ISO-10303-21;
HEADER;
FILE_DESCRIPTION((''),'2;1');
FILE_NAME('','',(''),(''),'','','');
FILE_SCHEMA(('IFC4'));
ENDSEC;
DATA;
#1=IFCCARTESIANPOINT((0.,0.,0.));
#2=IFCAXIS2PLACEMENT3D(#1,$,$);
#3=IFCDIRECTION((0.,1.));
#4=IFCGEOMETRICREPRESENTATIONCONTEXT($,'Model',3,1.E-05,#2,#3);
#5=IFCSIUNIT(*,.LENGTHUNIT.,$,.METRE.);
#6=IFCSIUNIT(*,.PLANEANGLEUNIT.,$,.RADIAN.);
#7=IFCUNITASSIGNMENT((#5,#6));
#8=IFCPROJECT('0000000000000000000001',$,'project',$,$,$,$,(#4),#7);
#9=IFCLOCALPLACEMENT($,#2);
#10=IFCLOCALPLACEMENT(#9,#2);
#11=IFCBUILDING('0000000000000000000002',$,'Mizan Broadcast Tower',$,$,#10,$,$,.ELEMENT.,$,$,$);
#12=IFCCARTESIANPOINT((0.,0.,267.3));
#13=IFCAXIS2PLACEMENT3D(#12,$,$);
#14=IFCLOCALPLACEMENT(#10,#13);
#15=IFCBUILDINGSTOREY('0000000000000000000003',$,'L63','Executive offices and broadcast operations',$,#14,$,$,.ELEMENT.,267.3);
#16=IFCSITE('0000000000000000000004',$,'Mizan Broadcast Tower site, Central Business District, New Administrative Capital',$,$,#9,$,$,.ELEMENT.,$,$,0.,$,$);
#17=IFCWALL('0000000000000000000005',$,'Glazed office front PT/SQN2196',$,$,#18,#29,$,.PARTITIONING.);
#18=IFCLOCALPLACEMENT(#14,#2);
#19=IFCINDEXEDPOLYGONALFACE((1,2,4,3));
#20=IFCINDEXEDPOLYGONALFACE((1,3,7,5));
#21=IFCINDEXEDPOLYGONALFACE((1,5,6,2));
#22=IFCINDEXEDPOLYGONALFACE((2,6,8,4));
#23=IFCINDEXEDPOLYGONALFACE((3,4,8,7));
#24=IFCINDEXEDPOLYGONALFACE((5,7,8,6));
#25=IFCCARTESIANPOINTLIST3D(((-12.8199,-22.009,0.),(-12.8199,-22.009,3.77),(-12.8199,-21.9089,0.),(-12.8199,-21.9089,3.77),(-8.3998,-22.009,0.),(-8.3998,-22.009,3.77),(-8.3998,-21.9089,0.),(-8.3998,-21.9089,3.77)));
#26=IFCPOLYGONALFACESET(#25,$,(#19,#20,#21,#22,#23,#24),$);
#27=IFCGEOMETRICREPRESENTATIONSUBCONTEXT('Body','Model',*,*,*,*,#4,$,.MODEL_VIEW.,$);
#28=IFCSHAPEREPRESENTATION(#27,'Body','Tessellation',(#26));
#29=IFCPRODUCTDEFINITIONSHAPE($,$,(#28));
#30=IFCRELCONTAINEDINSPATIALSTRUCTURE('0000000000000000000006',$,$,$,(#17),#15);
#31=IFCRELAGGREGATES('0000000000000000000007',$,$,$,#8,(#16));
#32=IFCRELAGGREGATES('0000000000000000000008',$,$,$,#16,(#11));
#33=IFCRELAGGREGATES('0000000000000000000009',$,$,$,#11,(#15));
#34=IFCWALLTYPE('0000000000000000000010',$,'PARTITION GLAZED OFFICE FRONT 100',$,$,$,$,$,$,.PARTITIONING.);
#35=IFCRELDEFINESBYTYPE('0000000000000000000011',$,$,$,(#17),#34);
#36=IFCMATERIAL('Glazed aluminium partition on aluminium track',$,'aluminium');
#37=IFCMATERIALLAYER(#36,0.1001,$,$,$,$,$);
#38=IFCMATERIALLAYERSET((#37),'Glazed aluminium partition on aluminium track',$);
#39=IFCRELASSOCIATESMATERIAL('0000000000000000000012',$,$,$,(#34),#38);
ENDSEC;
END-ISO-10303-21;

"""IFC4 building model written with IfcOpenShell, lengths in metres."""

from ifc_helpers import new_model, si_unit, direction, frame, frame_2d, origin, place, context, subcontext, project, spatial, rectangle, extrude, material, layer, layer_set, type_object, element, save


model = new_model("IFC4")

# Units and contexts
model_context = context("Model", 3, precision=1e-05, world=origin(), true_north=direction((0.0, 1.0)))
body_context = subcontext(model_context, "Body", "Model", "MODEL_VIEW")
ifc_project = project(units=[si_unit("LENGTHUNIT", "METRE"), si_unit("PLANEANGLEUNIT", "RADIAN")], contexts=[model_context])

# Site, building, storey
site_placement = place(None, origin())
site = spatial("IfcSite", under=ifc_project, at=site_placement, Name="Mizan Broadcast Tower site, Central Business District, New Administrative Capital", CompositionType="ELEMENT", RefElevation=0.0)
building_placement = place(site_placement, origin())
building = spatial("IfcBuilding", under=site, at=building_placement, Name="Mizan Broadcast Tower", CompositionType="ELEMENT")
storey_placement = place(building_placement, frame((0.0, 0.0, 267.3)))
storey = spatial("IfcBuildingStorey", under=building, at=storey_placement, Name="L63", Description="Executive offices and broadcast operations", CompositionType="ELEMENT", Elevation=267.3)

# Wall
ifc_material_1 = material(Name="Glazed aluminium partition on aluminium track", Category="aluminium")
ifc_layer_1 = layer(ifc_material_1, 0.1001)
ifc_layer_set_1 = layer_set([ifc_layer_1], Name="Glazed aluminium partition on aluminium track")
wall_type = type_object("IfcWallType", Name="PARTITION GLAZED OFFICE FRONT 100", PredefinedType="PARTITIONING", material=ifc_layer_set_1)
wall_placement = place(storey_placement, frame((-8.3999, -21.959, 0.0), z_axis=(0.0, 0.0, 1.0), x_axis=(-1.0, 0.0, 0.0)))
element("IfcWall", 1, at=wall_placement, inside=storey, type_object=wall_type, Name="Glazed office front PT/SQN2196", PredefinedType="PARTITIONING", context=body_context, shape_type="SweptSolid", body=[
    extrude(rectangle(XDim=4.4202, YDim=0.1001, at=frame_2d((2.21, 0.0))), origin(), (0.0, 0.0, 1.0), 3.77),
])

save(model, "model.ifc")
